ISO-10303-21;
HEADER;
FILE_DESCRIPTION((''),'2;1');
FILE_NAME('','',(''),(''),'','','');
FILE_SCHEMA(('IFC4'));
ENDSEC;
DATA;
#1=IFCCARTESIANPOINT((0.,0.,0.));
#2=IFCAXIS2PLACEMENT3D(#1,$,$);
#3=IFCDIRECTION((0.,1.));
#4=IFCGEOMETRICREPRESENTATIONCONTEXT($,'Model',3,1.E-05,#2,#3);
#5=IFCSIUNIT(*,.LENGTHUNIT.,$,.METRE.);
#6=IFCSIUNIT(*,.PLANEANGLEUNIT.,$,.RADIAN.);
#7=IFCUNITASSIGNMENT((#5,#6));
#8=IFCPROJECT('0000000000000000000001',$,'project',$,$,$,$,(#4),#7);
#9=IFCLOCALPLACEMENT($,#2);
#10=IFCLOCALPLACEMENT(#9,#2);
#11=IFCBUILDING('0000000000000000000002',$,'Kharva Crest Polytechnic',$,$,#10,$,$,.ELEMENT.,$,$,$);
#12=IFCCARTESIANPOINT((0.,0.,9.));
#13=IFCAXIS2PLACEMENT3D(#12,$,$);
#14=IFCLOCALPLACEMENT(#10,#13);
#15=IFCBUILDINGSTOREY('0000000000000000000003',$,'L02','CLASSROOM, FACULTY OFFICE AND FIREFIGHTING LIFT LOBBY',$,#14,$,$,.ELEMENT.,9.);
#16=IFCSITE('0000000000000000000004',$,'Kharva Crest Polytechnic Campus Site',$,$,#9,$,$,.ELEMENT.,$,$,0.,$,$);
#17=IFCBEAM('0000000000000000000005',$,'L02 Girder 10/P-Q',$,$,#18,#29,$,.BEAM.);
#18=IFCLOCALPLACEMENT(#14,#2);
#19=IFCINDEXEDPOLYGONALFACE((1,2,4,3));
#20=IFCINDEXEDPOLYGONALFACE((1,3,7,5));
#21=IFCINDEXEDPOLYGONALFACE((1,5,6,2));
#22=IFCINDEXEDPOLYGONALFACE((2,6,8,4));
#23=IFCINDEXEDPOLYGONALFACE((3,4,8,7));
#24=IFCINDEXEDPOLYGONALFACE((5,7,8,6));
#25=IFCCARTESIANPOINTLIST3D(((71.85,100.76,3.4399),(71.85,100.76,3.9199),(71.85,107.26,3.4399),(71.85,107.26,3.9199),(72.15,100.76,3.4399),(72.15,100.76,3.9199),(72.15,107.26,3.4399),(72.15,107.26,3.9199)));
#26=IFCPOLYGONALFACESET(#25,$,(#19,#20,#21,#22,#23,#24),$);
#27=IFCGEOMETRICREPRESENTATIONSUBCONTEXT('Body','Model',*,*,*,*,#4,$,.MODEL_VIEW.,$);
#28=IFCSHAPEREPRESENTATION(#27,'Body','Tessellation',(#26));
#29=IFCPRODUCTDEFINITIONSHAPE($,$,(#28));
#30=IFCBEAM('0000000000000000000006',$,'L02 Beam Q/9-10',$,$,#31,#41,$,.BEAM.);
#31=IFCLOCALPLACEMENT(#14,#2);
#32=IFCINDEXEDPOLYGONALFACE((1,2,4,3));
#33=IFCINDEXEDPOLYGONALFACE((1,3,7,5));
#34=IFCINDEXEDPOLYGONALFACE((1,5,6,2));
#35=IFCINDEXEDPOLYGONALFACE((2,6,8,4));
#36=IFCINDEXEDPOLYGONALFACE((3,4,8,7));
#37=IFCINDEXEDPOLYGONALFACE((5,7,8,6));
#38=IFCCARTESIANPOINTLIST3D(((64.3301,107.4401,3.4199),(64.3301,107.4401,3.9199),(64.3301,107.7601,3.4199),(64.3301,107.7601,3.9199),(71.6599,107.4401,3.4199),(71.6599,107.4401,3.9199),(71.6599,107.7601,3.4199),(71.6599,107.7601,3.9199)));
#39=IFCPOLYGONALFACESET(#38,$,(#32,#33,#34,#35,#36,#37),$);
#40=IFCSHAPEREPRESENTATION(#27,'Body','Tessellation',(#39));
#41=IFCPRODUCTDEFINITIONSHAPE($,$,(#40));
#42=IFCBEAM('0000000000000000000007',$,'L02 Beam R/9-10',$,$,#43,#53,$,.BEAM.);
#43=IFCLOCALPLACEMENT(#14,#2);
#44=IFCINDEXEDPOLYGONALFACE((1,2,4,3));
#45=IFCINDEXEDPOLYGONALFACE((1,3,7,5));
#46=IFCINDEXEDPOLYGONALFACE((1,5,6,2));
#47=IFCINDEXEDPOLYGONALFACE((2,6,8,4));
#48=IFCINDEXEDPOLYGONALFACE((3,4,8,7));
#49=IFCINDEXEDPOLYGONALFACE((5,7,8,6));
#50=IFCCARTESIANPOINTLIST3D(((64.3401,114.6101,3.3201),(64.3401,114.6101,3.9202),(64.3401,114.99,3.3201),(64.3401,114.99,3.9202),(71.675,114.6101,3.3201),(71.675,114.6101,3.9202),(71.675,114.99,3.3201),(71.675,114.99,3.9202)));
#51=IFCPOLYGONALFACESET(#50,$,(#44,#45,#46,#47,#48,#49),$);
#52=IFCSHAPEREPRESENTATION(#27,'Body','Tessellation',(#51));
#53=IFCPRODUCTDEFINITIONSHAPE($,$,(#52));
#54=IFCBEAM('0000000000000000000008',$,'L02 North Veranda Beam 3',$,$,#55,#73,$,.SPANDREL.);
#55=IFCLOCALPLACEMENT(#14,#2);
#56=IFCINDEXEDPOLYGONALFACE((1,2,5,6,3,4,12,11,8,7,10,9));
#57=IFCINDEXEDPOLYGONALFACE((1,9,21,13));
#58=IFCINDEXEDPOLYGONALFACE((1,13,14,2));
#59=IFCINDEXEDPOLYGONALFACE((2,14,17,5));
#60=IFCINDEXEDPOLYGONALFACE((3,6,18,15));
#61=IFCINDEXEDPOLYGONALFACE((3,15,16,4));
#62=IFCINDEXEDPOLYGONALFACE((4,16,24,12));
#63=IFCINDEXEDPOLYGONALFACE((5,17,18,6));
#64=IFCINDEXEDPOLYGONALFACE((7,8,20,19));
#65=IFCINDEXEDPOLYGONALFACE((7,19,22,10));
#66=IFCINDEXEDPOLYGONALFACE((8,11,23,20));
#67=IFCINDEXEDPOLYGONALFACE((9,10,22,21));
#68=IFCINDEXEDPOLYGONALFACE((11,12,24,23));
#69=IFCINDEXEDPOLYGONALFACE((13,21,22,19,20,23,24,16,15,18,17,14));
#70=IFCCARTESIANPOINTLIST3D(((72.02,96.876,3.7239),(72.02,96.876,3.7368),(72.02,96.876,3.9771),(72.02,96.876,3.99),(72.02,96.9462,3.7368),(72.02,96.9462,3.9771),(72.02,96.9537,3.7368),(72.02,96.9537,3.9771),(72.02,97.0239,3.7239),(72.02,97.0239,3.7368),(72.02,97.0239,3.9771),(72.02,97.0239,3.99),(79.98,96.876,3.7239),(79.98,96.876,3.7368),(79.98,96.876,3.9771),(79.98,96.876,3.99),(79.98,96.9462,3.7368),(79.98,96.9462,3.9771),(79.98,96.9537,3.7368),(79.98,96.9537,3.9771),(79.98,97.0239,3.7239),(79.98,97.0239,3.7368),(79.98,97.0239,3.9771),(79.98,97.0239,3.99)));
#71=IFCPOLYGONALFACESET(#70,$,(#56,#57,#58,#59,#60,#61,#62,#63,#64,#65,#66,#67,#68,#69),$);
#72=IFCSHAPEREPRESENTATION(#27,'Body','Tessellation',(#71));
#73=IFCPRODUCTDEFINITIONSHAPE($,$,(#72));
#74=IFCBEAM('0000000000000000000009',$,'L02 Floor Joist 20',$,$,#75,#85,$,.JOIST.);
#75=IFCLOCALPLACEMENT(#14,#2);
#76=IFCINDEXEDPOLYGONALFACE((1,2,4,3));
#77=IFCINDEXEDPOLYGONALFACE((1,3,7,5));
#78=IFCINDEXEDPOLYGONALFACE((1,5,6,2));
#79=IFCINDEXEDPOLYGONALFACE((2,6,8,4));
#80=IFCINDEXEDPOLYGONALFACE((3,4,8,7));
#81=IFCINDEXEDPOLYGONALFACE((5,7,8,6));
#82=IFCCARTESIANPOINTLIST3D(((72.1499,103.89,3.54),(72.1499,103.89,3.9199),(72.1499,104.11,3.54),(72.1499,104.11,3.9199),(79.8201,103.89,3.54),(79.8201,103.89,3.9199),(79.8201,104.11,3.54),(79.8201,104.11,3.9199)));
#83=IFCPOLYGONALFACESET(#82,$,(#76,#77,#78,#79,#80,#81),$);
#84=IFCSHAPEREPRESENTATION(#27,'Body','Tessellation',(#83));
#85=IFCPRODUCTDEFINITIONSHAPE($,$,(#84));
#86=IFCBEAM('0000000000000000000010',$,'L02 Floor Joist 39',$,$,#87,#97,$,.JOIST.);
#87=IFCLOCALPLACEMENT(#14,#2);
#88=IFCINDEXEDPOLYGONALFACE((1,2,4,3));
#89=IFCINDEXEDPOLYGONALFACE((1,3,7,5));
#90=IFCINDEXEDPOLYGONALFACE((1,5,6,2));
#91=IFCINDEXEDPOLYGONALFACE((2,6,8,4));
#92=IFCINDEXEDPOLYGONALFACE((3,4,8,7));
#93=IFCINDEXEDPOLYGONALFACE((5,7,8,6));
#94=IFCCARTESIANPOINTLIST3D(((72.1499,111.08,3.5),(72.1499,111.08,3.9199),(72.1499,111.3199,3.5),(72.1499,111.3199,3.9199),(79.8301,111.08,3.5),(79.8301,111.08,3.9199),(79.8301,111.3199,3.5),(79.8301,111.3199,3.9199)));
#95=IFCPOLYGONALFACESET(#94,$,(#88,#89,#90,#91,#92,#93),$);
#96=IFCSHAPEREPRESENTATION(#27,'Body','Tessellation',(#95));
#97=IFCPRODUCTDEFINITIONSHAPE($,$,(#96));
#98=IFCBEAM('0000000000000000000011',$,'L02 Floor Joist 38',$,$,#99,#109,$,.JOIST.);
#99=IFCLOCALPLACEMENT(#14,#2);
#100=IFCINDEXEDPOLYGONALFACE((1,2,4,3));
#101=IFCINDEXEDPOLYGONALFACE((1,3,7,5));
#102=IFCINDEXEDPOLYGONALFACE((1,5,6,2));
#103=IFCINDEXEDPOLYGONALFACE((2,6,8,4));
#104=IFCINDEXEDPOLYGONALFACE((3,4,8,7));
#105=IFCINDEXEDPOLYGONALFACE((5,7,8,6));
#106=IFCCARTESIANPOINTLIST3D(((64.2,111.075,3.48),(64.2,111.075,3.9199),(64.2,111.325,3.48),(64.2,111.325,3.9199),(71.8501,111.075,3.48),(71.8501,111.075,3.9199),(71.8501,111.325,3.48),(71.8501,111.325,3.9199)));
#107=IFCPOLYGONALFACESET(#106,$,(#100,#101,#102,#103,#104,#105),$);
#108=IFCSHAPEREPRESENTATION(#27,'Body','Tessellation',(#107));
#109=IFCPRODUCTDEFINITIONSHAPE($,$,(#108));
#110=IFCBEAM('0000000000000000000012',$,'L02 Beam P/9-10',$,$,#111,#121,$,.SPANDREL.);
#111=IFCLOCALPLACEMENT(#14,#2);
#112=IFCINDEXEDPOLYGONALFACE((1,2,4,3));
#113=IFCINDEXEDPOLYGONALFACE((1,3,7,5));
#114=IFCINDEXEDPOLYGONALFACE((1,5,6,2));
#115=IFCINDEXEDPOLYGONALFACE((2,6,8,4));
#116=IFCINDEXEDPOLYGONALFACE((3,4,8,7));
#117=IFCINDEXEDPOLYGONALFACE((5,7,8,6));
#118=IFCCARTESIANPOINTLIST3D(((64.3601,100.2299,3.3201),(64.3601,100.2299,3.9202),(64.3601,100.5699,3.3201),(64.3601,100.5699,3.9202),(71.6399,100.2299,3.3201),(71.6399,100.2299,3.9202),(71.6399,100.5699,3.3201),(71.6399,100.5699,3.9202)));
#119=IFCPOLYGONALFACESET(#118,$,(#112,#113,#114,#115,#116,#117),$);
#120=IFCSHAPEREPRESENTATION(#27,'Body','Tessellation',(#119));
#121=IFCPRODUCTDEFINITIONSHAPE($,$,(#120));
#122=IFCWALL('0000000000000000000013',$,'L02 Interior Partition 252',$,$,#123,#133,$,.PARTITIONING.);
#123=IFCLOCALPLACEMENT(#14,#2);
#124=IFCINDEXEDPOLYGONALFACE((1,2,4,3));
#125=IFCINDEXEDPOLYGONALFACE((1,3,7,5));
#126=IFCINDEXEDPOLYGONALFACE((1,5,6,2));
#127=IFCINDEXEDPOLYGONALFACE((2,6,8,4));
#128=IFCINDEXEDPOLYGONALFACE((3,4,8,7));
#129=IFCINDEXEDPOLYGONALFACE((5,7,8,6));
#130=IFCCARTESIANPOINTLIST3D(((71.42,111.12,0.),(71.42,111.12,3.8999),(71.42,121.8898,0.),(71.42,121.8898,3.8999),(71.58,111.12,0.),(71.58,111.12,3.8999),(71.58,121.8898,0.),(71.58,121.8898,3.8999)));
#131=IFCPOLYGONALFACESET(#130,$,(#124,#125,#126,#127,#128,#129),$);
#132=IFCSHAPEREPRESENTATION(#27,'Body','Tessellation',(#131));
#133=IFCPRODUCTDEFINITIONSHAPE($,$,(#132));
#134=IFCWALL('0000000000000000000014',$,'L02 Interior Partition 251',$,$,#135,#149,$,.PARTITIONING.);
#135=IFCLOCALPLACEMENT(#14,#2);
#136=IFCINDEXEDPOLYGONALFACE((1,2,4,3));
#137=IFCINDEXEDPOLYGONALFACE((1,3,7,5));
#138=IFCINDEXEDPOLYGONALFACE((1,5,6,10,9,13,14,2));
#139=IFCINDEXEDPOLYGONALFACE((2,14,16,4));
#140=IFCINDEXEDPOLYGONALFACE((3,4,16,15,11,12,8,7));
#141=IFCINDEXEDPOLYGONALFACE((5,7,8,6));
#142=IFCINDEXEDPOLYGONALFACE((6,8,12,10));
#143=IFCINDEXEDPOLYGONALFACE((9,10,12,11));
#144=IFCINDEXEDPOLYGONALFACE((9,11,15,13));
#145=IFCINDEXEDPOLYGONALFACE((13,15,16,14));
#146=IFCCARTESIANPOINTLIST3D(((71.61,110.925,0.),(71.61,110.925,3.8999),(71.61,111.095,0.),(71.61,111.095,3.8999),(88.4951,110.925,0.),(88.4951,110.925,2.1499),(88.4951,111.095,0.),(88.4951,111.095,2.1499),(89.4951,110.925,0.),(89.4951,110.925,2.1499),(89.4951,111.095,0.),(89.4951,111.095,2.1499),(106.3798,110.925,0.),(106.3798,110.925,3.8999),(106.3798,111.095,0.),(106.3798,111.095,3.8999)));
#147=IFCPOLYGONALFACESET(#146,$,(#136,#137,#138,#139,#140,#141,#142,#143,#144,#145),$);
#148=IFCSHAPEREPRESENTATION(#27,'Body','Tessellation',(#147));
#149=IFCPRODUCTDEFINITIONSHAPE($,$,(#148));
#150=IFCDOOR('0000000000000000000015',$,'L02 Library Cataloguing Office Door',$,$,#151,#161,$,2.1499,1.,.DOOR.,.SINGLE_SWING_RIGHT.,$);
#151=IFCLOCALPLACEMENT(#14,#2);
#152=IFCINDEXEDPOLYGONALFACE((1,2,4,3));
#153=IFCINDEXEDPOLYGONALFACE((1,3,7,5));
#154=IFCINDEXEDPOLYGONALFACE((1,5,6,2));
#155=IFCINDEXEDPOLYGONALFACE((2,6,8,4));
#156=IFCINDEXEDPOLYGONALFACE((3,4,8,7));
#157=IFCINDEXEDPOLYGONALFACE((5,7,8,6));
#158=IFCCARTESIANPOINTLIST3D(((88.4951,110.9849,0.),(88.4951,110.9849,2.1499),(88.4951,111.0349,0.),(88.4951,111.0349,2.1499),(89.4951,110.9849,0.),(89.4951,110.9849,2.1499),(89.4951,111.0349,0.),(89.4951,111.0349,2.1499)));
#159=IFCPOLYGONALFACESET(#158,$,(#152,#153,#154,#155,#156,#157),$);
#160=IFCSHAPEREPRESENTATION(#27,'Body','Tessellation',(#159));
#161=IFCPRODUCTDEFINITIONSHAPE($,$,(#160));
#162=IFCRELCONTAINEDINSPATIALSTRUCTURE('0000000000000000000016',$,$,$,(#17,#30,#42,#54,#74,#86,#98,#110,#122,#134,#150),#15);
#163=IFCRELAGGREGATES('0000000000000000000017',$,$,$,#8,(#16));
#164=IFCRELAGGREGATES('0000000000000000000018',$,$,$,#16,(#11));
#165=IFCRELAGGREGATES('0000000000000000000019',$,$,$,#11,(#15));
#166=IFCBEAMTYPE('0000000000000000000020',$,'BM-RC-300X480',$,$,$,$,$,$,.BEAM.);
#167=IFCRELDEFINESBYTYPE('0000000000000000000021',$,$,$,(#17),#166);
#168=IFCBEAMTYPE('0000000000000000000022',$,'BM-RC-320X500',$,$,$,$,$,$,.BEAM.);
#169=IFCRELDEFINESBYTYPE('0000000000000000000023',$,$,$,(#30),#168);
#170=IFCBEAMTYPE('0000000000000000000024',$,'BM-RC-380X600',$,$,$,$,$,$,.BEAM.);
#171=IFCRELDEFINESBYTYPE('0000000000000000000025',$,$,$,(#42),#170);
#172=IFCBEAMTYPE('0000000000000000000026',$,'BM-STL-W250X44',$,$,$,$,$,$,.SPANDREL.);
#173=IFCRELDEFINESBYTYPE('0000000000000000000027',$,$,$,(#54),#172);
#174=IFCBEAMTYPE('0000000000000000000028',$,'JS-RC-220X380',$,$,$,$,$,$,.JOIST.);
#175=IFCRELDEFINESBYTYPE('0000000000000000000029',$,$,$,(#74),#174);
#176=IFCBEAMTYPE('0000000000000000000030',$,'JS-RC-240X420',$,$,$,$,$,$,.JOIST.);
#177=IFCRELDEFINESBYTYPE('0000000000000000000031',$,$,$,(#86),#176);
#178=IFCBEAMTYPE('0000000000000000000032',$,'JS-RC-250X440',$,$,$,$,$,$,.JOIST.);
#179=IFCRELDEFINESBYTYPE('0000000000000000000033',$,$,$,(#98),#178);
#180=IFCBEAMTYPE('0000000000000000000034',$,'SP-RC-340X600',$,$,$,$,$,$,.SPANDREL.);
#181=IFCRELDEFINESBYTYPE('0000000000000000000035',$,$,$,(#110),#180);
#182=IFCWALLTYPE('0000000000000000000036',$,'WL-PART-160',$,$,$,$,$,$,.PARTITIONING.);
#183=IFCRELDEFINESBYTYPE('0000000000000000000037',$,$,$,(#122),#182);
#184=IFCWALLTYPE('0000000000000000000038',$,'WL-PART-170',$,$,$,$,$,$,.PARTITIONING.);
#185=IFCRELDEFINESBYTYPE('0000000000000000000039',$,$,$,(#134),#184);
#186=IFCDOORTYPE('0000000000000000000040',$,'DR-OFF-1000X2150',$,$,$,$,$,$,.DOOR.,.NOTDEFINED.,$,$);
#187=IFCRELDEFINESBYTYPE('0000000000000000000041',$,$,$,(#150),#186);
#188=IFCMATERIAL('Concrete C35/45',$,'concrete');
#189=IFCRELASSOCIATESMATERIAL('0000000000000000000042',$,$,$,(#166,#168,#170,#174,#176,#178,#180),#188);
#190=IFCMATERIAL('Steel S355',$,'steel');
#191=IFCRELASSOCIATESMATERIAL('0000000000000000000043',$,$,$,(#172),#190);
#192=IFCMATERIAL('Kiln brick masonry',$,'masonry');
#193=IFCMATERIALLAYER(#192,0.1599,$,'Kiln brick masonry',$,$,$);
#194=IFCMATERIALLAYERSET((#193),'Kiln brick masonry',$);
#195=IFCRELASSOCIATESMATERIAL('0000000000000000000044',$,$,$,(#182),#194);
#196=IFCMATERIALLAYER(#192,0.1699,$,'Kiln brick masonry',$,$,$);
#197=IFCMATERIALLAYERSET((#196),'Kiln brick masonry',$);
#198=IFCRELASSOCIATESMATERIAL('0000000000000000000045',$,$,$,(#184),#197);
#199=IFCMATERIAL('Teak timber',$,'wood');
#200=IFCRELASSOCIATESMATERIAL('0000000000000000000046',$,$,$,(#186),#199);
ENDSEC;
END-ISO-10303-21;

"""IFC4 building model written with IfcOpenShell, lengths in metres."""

from ifc_helpers import new_model, si_unit, direction, frame, frame_2d, origin, origin_2d, place, context, subcontext, project, spatial, rectangle, i_section, extrude, material, layer, layer_set, material_profile, profile_set, type_object, element, fill, save


model = new_model("IFC4")

# Units and contexts
model_context = context("Model", 3, precision=1e-05, world=origin(), true_north=direction((0.0, 1.0)))
body_context = subcontext(model_context, "Body", "Model", "MODEL_VIEW")
ifc_project = project(units=[si_unit("LENGTHUNIT", "METRE"), si_unit("PLANEANGLEUNIT", "RADIAN")], contexts=[model_context])

# Site, building, storey
site_placement = place(None, origin())
site = spatial("IfcSite", under=ifc_project, at=site_placement, Name="Kharva Crest Polytechnic Campus Site", CompositionType="ELEMENT", RefElevation=0.0)
building_placement = place(site_placement, origin())
building = spatial("IfcBuilding", under=site, at=building_placement, Name="Kharva Crest Polytechnic", CompositionType="ELEMENT")
storey_placement = place(building_placement, frame((0.0, 0.0, 9.0)))
storey = spatial("IfcBuildingStorey", under=building, at=storey_placement, Name="L02", Description="CLASSROOM, FACULTY OFFICE AND FIREFIGHTING LIFT LOBBY", CompositionType="ELEMENT", Elevation=9.0)

# Shared definitions
ifc_material_1 = material(Name="Steel S355", Category="steel")

# Beams
ifc_material_2 = material(Name="Concrete C35/45", Category="concrete")
ifc_material_profile_1 = material_profile(ifc_material_2, rectangle(XDim=0.3, YDim=0.48, at=origin_2d()), Name="RECT 300 X 480")
ifc_profile_set_1 = profile_set([ifc_material_profile_1], Name="Concrete C35/45")
beam_type_1 = type_object("IfcBeamType", Name="BM-RC-300X480", PredefinedType="BEAM", material=ifc_profile_set_1)
beam_1_placement = place(storey_placement, frame((72.0, 100.76, 3.6799), z_axis=(0.0, 1.0, 0.0), x_axis=(-1.0, 0.0, 0.0)))
element("IfcBeam", 1, at=beam_1_placement, inside=storey, type_object=beam_type_1, Name="L02 Girder 10/P-Q", PredefinedType="BEAM", context=body_context, shape_type="SweptSolid", body=[
    extrude(rectangle(XDim=0.3, YDim=0.48, at=origin_2d()), origin(), (0.0, 0.0, 1.0), 6.5),
])
ifc_material_profile_2 = material_profile(ifc_material_2, rectangle(XDim=0.3201, YDim=0.5, at=origin_2d()), Name="RECT 320 X 500")
ifc_profile_set_2 = profile_set([ifc_material_profile_2], Name="Concrete C35/45")
beam_type_2 = type_object("IfcBeamType", Name="BM-RC-320X500", PredefinedType="BEAM", material=ifc_profile_set_2)
beam_2_placement = place(storey_placement, frame((64.3301, 107.6001, 3.6699), z_axis=(1.0, 0.0, 0.0), x_axis=(0.0, 1.0, 0.0)))
element("IfcBeam", 2, at=beam_2_placement, inside=storey, type_object=beam_type_2, Name="L02 Beam Q/9-10", PredefinedType="BEAM", context=body_context, shape_type="SweptSolid", body=[
    extrude(rectangle(XDim=0.3201, YDim=0.5, at=origin_2d()), origin(), (0.0, 0.0, 1.0), 7.3298),
])
ifc_material_profile_3 = material_profile(ifc_material_2, rectangle(XDim=0.3799, YDim=0.6001, at=origin_2d()), Name="RECT 380 X 600")
ifc_profile_set_3 = profile_set([ifc_material_profile_3], Name="Concrete C35/45")
beam_type_3 = type_object("IfcBeamType", Name="BM-RC-380X600", PredefinedType="BEAM", material=ifc_profile_set_3)
beam_3_placement = place(storey_placement, frame((64.3401, 114.8, 3.6201), z_axis=(1.0, 0.0, 0.0), x_axis=(0.0, 1.0, 0.0)))
element("IfcBeam", 3, at=beam_3_placement, inside=storey, type_object=beam_type_3, Name="L02 Beam R/9-10", PredefinedType="BEAM", context=body_context, shape_type="SweptSolid", body=[
    extrude(rectangle(XDim=0.3799, YDim=0.6001, at=origin_2d()), origin(), (0.0, 0.0, 1.0), 7.335),
])
ifc_material_profile_4 = material_profile(ifc_material_1, i_section(OverallWidth=0.1479, OverallDepth=0.2661, WebThickness=0.0076, FlangeThickness=0.0129, at=origin_2d()), Name="W250X44.8")
ifc_profile_set_4 = profile_set([ifc_material_profile_4], Name="Steel S355")
beam_type_4 = type_object("IfcBeamType", Name="BM-STL-W250X44", PredefinedType="SPANDREL", material=ifc_profile_set_4)
beam_4_placement = place(storey_placement, frame((72.02, 96.95, 3.8569), z_axis=(1.0, 0.0, 0.0), x_axis=(0.0, 1.0, 0.0)))
element("IfcBeam", 4, at=beam_4_placement, inside=storey, type_object=beam_type_4, Name="L02 North Veranda Beam 3", PredefinedType="SPANDREL", context=body_context, shape_type="SweptSolid", body=[
    extrude(i_section(OverallWidth=0.1479, OverallDepth=0.2661, WebThickness=0.0076, FlangeThickness=0.0129, at=origin_2d()), origin(), (0.0, 0.0, 1.0), 7.96),
])
ifc_material_profile_5 = material_profile(ifc_material_2, rectangle(XDim=0.22, YDim=0.3799, at=origin_2d()), Name="RECT 220 X 380")
ifc_profile_set_5 = profile_set([ifc_material_profile_5], Name="Concrete C35/45")
beam_type_5 = type_object("IfcBeamType", Name="JS-RC-220X380", PredefinedType="JOIST", material=ifc_profile_set_5)
beam_5_placement = place(storey_placement, frame((72.1499, 104.0, 3.73), z_axis=(1.0, 0.0, 0.0), x_axis=(0.0, 1.0, 0.0)))
element("IfcBeam", 5, at=beam_5_placement, inside=storey, type_object=beam_type_5, Name="L02 Floor Joist 20", PredefinedType="JOIST", context=body_context, shape_type="SweptSolid", body=[
    extrude(rectangle(XDim=0.22, YDim=0.3799, at=origin_2d()), origin(), (0.0, 0.0, 1.0), 7.6702),
])
ifc_material_profile_6 = material_profile(ifc_material_2, rectangle(XDim=0.24, YDim=0.4199, at=origin_2d()), Name="RECT 240 X 420")
ifc_profile_set_6 = profile_set([ifc_material_profile_6], Name="Concrete C35/45")
beam_type_6 = type_object("IfcBeamType", Name="JS-RC-240X420", PredefinedType="JOIST", material=ifc_profile_set_6)
beam_6_placement = place(storey_placement, frame((72.1499, 111.2, 3.71), z_axis=(1.0, 0.0, 0.0), x_axis=(0.0, 1.0, 0.0)))
element("IfcBeam", 6, at=beam_6_placement, inside=storey, type_object=beam_type_6, Name="L02 Floor Joist 39", PredefinedType="JOIST", context=body_context, shape_type="SweptSolid", body=[
    extrude(rectangle(XDim=0.24, YDim=0.4199, at=origin_2d()), origin(), (0.0, 0.0, 1.0), 7.6802),
])
ifc_material_profile_7 = material_profile(ifc_material_2, rectangle(XDim=0.25, YDim=0.4399, at=origin_2d()), Name="RECT 250 X 440")
ifc_profile_set_7 = profile_set([ifc_material_profile_7], Name="Concrete C35/45")
beam_type_7 = type_object("IfcBeamType", Name="JS-RC-250X440", PredefinedType="JOIST", material=ifc_profile_set_7)
beam_7_placement = place(storey_placement, frame((64.2, 111.2, 3.7), z_axis=(1.0, 0.0, 0.0), x_axis=(0.0, 1.0, 0.0)))
element("IfcBeam", 7, at=beam_7_placement, inside=storey, type_object=beam_type_7, Name="L02 Floor Joist 38", PredefinedType="JOIST", context=body_context, shape_type="SweptSolid", body=[
    extrude(rectangle(XDim=0.25, YDim=0.4399, at=origin_2d()), origin(), (0.0, 0.0, 1.0), 7.6501),
])
ifc_material_profile_8 = material_profile(ifc_material_2, rectangle(XDim=0.3401, YDim=0.6001, at=origin_2d()), Name="RECT 340 X 600")
ifc_profile_set_8 = profile_set([ifc_material_profile_8], Name="Concrete C35/45")
beam_type_8 = type_object("IfcBeamType", Name="SP-RC-340X600", PredefinedType="SPANDREL", material=ifc_profile_set_8)
beam_8_placement = place(storey_placement, frame((64.3601, 100.3999, 3.6201), z_axis=(1.0, 0.0, 0.0), x_axis=(0.0, 1.0, 0.0)))
element("IfcBeam", 8, at=beam_8_placement, inside=storey, type_object=beam_type_8, Name="L02 Beam P/9-10", PredefinedType="SPANDREL", context=body_context, shape_type="SweptSolid", body=[
    extrude(rectangle(XDim=0.3401, YDim=0.6001, at=origin_2d()), origin(), (0.0, 0.0, 1.0), 7.2798),
])

# Shared definitions
ifc_material_3 = material(Name="Kiln brick masonry", Category="masonry")

# Wall
ifc_layer_1 = layer(ifc_material_3, 0.1599, Name="Kiln brick masonry")
ifc_layer_set_1 = layer_set([ifc_layer_1], Name="Kiln brick masonry")
wall_type_1 = type_object("IfcWallType", Name="WL-PART-160", PredefinedType="PARTITIONING", material=ifc_layer_set_1)
wall_1_placement = place(storey_placement, frame((71.5, 111.1201, 0.0), z_axis=(0.0, 0.0, 1.0), x_axis=(0.0, 1.0, 0.0)))
element("IfcWall", 9, at=wall_1_placement, inside=storey, type_object=wall_type_1, Name="L02 Interior Partition 252", PredefinedType="PARTITIONING", context=body_context, shape_type="SweptSolid", body=[
    extrude(rectangle(XDim=10.7698, YDim=0.1599, at=frame_2d((5.3848, 0.0))), origin(), (0.0, 0.0, 1.0), 3.8999),
])

# Wall, opening, door
ifc_layer_2 = layer(ifc_material_3, 0.1699, Name="Kiln brick masonry")
ifc_layer_set_2 = layer_set([ifc_layer_2], Name="Kiln brick masonry")
wall_type_2 = type_object("IfcWallType", Name="WL-PART-170", PredefinedType="PARTITIONING", material=ifc_layer_set_2)
wall_2_placement = place(storey_placement, frame((71.6101, 111.01, 0.0), z_axis=(0.0, 0.0, 1.0), x_axis=(1.0, 0.0, 0.0)))
wall_2 = element("IfcWall", 10, at=wall_2_placement, inside=storey, type_object=wall_type_2, Name="L02 Interior Partition 251", PredefinedType="PARTITIONING", context=body_context, shape_type="SweptSolid", body=[
    extrude(rectangle(XDim=34.7698, YDim=0.1699, at=frame_2d((17.3848, 0.0))), origin(), (0.0, 0.0, 1.0), 3.8999),
])
opening_1_placement = place(wall_2_placement, frame((16.885, 0.0, 0.0)))
opening_1 = element("IfcOpeningElement", 11, at=opening_1_placement, cuts=wall_2, PredefinedType="OPENING", context=body_context, shape_type="SweptSolid", body=[
    extrude(rectangle(XDim=1.0, YDim=2.1499, at=frame_2d((0.5, 1.075))), frame((0.0, 0.095, 0.0), z_axis=(0.0, -1.0, 0.0), x_axis=(1.0, 0.0, 0.0)), (0.0, 0.0, 1.0), 0.1899),
])
ifc_material_4 = material(Name="Teak timber", Category="wood")
door_type_1 = type_object("IfcDoorType", Name="DR-OFF-1000X2150", OperationType="NOTDEFINED", PredefinedType="DOOR", material=ifc_material_4)
door_1_placement = place(opening_1_placement, origin())
door_1 = element("IfcDoor", 12, at=door_1_placement, inside=storey, type_object=door_type_1, Name="L02 Library Cataloguing Office Door", OperationType="SINGLE_SWING_RIGHT", OverallHeight=2.1499, OverallWidth=1.0, PredefinedType="DOOR", context=body_context, shape_type="SweptSolid", body=[
    extrude(rectangle(XDim=1.0, YDim=2.1499, at=frame_2d((0.5, 1.075))), frame((0.0, 0.0249, 0.0), z_axis=(0.0, -1.0, 0.0), x_axis=(1.0, 0.0, 0.0)), (0.0, 0.0, 1.0), 0.05),
])
fill(opening_1, door_1)

save(model, "model.ifc")
